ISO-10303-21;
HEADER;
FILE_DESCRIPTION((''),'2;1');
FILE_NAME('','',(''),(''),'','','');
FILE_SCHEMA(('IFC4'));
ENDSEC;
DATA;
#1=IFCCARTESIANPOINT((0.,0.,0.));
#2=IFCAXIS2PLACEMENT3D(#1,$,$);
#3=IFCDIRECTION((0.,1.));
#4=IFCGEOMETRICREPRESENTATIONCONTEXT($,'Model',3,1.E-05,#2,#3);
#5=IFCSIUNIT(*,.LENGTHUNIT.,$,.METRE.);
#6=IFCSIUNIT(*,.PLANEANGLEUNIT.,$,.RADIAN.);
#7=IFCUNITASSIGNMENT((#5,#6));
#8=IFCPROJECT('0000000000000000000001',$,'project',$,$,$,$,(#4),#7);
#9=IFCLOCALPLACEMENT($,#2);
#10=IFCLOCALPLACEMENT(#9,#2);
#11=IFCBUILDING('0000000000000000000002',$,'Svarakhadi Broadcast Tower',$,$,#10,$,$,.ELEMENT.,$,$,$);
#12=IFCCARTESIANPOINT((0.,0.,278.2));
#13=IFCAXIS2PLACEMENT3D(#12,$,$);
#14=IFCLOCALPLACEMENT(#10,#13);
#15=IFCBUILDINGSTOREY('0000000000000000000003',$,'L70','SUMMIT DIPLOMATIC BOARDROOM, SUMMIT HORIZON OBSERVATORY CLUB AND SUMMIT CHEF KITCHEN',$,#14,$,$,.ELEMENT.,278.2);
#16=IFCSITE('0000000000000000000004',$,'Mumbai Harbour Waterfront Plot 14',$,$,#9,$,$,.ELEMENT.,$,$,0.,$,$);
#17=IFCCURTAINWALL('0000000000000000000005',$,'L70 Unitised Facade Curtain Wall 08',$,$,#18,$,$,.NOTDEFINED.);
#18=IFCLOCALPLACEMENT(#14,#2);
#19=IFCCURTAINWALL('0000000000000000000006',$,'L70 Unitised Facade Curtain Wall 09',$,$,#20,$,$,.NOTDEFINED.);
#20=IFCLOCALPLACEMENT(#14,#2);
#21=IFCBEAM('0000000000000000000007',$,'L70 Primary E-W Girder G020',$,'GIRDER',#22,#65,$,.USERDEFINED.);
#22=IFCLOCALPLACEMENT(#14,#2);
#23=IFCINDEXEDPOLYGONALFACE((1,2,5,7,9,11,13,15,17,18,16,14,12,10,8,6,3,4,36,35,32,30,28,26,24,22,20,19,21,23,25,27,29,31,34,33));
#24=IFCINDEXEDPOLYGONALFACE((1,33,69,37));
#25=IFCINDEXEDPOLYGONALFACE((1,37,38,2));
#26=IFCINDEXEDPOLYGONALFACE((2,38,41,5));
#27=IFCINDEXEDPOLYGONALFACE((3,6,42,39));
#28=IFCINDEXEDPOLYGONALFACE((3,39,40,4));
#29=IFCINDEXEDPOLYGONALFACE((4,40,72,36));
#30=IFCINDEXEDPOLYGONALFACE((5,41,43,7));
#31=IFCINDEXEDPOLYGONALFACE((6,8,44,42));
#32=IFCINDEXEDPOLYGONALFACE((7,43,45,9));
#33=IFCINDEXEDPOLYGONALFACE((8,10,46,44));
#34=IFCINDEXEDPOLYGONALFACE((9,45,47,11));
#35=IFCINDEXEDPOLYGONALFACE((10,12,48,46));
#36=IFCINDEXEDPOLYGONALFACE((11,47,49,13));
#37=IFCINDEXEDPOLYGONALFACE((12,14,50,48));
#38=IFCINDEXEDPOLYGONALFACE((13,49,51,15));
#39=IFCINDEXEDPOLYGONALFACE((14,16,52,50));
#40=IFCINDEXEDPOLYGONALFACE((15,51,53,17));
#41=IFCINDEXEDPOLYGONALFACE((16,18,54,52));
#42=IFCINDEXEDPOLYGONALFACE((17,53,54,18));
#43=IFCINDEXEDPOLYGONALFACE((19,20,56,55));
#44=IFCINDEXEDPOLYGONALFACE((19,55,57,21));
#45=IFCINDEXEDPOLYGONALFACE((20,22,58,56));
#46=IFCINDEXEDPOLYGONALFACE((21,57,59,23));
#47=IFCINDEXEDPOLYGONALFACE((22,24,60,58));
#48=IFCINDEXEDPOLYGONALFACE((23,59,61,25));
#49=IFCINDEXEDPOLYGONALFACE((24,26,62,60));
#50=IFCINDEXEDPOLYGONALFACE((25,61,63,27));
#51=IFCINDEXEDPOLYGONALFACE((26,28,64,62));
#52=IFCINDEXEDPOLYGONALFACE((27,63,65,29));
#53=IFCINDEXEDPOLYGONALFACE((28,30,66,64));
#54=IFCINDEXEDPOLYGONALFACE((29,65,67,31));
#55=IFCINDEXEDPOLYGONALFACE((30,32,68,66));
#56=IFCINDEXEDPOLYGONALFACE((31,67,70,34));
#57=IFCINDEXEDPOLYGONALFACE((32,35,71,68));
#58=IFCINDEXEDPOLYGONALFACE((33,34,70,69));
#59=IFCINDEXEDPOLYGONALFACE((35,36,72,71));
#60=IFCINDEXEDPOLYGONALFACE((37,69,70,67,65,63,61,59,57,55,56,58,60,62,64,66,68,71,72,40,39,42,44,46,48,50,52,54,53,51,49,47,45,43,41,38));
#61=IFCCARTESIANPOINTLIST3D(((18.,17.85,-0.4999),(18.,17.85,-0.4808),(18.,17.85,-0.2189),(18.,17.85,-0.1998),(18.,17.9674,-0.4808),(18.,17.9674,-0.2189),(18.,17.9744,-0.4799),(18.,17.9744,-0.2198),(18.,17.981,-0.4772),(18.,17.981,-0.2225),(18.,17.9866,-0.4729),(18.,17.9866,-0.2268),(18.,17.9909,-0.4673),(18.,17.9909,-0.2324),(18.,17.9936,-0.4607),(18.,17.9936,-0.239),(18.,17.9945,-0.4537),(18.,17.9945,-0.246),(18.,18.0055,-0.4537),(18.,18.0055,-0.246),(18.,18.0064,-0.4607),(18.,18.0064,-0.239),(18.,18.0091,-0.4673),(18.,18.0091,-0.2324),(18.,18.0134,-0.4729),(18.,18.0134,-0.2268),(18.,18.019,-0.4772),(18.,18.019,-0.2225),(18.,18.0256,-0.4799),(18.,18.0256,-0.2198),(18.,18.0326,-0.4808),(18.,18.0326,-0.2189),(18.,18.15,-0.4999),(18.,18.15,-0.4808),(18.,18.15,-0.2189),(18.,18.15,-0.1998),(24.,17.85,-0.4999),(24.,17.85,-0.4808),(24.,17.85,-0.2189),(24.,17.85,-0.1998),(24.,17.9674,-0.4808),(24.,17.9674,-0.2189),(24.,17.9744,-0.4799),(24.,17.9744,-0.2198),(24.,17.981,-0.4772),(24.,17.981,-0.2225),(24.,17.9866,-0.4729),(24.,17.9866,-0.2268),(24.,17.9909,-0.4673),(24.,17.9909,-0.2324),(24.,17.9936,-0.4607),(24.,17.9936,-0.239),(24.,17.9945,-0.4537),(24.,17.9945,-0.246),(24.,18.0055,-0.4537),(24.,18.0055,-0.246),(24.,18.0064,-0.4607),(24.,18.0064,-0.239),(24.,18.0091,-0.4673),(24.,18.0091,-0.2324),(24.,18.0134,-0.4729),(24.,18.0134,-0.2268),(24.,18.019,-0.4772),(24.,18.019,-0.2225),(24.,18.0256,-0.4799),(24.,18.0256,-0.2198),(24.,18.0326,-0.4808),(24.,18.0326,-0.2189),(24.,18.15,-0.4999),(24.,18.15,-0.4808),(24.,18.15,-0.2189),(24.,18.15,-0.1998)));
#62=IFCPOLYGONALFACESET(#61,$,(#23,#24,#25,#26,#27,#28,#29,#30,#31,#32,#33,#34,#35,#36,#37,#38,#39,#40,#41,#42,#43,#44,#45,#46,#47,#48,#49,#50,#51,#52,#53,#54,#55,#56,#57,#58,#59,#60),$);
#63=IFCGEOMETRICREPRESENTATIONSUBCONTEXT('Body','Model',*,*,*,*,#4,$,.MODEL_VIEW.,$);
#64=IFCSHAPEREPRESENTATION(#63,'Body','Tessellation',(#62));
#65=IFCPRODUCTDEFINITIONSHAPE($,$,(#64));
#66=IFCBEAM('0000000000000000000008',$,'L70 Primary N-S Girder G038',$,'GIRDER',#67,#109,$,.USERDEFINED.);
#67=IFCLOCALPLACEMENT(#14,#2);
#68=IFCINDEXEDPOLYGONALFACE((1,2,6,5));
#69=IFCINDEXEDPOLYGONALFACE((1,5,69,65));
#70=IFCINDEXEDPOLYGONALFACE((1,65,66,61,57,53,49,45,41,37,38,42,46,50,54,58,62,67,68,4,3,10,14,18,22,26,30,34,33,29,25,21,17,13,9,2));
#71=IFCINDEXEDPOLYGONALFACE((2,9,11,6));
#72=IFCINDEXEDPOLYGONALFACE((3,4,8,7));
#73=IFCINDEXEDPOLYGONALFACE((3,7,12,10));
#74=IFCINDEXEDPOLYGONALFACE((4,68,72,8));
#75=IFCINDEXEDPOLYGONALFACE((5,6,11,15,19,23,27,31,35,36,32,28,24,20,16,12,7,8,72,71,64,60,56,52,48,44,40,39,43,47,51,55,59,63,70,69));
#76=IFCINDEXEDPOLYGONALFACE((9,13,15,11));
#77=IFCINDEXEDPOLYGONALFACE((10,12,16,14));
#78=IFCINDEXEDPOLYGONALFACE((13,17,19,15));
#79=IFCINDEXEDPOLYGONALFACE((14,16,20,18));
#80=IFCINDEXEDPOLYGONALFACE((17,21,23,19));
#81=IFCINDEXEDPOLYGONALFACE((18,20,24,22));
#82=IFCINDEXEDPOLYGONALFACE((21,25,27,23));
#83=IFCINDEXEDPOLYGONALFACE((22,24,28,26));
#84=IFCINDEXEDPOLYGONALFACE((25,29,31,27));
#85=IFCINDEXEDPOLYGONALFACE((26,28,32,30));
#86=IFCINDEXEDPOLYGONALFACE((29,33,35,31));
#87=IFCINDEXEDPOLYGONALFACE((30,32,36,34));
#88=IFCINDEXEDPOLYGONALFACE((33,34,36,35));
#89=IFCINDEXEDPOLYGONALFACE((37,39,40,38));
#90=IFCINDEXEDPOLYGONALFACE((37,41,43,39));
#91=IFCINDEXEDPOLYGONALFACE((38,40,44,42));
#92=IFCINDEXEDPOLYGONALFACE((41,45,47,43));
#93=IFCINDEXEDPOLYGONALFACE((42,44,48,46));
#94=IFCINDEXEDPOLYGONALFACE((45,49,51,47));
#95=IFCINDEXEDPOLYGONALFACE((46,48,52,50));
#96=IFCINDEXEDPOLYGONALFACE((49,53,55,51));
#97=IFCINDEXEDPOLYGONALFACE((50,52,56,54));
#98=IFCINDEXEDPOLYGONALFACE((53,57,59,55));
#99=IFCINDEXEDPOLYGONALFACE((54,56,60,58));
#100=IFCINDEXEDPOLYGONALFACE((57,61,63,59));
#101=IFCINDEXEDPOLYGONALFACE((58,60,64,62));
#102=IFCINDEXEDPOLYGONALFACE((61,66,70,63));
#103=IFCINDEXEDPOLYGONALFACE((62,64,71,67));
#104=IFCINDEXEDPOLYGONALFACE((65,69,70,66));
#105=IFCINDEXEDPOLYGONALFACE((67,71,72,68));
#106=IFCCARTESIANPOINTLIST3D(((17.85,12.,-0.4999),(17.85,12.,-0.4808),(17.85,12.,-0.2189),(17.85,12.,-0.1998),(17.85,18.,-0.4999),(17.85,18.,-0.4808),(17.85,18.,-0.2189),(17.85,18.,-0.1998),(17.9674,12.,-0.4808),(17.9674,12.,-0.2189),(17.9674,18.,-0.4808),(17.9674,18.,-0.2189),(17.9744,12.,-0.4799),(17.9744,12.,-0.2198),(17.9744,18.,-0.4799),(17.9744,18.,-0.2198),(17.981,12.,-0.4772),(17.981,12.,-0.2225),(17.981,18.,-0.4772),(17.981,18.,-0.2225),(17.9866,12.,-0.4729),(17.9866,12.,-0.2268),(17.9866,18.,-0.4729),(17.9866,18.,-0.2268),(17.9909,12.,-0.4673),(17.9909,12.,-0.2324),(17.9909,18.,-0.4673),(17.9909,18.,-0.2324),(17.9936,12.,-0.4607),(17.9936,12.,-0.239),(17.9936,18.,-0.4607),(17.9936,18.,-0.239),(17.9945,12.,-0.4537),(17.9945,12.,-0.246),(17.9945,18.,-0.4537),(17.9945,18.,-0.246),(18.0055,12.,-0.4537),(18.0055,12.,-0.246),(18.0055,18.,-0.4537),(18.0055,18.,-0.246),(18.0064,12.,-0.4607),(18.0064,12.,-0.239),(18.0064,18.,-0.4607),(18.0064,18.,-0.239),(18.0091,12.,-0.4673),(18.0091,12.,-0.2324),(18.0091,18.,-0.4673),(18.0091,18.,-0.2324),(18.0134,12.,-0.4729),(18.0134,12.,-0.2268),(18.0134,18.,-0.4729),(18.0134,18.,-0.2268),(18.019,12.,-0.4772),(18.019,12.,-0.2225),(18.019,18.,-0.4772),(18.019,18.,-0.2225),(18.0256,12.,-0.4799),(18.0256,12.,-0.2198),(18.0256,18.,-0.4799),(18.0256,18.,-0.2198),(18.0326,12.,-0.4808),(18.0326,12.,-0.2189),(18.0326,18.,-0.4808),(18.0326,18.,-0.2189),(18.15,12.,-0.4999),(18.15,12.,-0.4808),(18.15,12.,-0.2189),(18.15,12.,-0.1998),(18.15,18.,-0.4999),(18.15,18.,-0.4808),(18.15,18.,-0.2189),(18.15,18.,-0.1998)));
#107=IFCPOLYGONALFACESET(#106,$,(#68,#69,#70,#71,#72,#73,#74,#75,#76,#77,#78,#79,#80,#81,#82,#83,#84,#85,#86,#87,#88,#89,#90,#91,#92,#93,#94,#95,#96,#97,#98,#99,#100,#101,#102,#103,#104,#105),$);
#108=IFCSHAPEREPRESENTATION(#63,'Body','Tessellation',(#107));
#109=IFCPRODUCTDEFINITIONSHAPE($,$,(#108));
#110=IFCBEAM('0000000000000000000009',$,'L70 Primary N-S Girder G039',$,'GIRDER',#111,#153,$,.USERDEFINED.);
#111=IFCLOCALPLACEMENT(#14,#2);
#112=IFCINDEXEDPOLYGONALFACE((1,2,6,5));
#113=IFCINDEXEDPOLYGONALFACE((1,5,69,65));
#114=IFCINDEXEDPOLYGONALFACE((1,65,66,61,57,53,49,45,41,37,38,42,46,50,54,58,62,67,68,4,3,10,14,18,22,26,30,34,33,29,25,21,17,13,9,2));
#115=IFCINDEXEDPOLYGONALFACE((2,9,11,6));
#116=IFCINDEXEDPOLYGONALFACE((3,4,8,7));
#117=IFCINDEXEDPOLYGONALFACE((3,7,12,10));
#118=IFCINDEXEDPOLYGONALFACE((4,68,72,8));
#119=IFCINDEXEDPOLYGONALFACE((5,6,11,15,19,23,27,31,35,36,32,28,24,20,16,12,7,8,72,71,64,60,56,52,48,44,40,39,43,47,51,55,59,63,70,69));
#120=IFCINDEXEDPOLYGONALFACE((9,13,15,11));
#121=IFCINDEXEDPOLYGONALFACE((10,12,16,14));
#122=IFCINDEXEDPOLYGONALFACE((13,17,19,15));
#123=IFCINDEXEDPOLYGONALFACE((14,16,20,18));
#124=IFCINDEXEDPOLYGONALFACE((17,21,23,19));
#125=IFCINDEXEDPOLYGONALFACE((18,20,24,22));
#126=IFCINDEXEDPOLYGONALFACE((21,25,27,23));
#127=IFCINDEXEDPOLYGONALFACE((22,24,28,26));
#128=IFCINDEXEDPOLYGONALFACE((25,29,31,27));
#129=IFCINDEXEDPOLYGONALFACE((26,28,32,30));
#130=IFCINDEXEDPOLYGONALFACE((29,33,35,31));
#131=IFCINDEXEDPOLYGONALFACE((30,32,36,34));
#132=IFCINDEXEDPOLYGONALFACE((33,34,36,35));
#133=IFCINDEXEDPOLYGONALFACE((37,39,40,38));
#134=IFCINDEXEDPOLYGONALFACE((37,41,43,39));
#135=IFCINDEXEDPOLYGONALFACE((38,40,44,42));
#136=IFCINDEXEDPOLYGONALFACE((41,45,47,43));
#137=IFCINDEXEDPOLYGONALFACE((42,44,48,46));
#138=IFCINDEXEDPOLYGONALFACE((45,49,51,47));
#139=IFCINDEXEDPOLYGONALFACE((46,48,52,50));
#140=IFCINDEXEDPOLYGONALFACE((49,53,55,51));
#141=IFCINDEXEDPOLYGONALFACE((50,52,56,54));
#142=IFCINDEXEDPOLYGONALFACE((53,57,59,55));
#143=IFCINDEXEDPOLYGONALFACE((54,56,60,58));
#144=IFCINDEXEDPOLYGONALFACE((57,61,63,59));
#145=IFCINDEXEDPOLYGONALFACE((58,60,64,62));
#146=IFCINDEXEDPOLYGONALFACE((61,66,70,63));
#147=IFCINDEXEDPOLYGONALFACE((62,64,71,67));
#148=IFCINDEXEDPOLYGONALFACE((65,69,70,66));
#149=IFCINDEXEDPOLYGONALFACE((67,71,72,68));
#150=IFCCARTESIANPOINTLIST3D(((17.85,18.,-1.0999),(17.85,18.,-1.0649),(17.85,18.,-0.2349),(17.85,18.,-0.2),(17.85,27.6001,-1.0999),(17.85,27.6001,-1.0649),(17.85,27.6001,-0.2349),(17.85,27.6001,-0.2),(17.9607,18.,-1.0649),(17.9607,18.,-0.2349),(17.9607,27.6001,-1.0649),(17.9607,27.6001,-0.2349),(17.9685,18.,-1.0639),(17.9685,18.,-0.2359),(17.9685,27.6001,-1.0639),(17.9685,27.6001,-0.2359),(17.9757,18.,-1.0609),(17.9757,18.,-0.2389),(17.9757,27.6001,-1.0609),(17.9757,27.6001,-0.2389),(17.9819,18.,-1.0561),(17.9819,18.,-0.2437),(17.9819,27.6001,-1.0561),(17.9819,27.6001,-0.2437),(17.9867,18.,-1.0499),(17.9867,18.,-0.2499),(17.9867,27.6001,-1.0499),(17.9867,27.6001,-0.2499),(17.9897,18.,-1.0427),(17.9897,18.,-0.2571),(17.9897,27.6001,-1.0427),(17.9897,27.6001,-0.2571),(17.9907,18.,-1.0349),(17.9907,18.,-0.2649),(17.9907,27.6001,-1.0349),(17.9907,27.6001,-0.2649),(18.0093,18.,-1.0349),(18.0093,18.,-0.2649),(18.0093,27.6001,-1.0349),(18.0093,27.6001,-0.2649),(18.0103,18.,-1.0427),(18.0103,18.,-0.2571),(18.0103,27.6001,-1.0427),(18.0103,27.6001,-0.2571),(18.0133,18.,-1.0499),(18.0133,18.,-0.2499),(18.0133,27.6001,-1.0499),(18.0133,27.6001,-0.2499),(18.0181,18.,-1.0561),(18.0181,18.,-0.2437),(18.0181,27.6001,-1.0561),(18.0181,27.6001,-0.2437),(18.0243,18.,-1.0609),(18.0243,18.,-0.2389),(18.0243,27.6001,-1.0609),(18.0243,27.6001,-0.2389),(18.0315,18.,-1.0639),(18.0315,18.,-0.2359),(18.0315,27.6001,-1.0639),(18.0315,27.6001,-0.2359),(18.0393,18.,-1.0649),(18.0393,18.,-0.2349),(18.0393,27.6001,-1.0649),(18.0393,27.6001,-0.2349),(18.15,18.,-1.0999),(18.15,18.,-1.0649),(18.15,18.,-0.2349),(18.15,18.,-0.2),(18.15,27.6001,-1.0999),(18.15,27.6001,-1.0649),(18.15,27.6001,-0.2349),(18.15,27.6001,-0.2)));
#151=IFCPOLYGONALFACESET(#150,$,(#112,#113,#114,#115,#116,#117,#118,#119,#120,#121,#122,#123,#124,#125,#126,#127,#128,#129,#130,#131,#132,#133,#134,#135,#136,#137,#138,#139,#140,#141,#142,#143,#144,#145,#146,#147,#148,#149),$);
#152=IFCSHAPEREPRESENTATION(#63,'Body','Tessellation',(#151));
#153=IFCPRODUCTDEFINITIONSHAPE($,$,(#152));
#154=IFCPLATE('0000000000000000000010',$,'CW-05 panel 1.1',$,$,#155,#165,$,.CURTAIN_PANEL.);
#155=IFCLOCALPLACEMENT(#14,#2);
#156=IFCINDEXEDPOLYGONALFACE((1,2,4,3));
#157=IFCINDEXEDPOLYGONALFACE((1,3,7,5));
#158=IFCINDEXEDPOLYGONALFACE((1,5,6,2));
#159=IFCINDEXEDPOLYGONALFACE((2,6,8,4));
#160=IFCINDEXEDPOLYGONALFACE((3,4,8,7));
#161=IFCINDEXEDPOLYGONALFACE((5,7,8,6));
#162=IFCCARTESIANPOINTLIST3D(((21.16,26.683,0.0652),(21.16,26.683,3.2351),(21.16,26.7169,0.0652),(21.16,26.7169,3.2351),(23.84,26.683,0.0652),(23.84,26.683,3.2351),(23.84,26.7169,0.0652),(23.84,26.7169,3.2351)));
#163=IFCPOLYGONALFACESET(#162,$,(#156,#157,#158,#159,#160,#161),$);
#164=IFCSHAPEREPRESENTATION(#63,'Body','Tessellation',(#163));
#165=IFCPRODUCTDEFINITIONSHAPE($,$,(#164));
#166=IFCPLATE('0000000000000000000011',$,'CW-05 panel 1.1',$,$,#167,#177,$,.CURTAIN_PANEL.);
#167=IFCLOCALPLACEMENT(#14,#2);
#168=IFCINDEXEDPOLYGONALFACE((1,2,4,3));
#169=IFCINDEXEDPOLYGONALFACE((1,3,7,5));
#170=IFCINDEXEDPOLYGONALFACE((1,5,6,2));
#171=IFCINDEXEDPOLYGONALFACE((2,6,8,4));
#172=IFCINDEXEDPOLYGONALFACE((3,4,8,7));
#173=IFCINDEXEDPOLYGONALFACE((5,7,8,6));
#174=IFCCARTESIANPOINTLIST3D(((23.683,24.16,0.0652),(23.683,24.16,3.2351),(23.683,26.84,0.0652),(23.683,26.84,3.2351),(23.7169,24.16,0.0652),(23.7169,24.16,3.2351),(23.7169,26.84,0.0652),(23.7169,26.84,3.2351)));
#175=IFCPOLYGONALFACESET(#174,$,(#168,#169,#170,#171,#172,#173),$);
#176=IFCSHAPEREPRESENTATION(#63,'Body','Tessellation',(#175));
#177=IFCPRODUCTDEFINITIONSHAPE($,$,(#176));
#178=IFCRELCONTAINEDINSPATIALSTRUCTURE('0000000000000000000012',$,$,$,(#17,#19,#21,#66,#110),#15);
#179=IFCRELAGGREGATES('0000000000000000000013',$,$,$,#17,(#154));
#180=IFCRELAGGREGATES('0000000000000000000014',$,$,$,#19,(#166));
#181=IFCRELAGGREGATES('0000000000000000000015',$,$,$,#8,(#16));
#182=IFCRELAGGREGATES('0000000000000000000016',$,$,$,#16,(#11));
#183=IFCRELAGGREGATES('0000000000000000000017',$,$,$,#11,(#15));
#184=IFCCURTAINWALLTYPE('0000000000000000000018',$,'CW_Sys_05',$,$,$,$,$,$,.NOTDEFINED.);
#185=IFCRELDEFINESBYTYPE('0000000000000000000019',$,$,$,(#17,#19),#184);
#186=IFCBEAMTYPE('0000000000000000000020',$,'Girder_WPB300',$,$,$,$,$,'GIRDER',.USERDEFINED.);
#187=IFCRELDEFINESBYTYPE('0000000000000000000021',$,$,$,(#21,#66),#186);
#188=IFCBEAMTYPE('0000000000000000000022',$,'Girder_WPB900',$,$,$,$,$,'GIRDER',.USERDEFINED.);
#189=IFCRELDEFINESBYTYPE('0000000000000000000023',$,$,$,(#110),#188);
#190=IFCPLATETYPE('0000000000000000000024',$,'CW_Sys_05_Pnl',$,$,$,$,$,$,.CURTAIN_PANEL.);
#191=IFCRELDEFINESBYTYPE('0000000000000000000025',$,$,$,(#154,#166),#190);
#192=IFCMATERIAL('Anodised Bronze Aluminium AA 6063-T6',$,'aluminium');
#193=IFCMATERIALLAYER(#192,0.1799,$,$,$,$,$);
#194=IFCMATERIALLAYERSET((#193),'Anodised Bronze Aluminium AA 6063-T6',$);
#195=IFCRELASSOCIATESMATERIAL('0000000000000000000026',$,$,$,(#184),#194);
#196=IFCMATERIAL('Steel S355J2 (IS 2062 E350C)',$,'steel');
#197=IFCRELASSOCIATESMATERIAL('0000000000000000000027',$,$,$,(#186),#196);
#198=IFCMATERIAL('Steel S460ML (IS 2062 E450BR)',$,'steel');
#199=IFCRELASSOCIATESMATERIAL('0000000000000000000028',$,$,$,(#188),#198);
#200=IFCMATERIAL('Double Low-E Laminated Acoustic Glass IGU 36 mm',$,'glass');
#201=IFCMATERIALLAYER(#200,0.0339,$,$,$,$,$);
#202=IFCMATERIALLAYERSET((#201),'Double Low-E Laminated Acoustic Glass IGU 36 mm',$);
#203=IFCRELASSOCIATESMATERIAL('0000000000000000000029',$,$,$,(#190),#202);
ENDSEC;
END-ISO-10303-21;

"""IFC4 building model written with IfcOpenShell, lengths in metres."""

from ifc_helpers import new_model, si_unit, direction, frame, origin, origin_2d, place, context, subcontext, project, spatial, rectangle, i_section, extrude, material, layer, layer_set, material_profile, profile_set, type_object, element, aggregate, save


model = new_model("IFC4")

# Units and contexts
model_context = context("Model", 3, precision=1e-05, world=origin(), true_north=direction((0.0, 1.0)))
body_context = subcontext(model_context, "Body", "Model", "MODEL_VIEW")
ifc_project = project(units=[si_unit("LENGTHUNIT", "METRE"), si_unit("PLANEANGLEUNIT", "RADIAN")], contexts=[model_context])

# Site, building, storey
site_placement = place(None, origin())
site = spatial("IfcSite", under=ifc_project, at=site_placement, Name="Mumbai Harbour Waterfront Plot 14", CompositionType="ELEMENT", RefElevation=0.0)
building_placement = place(site_placement, origin())
building = spatial("IfcBuilding", under=site, at=building_placement, Name="Svarakhadi Broadcast Tower", CompositionType="ELEMENT")
storey_placement = place(building_placement, frame((0.0, 0.0, 278.2)))
storey = spatial("IfcBuildingStorey", under=building, at=storey_placement, Name="L70", Description="SUMMIT DIPLOMATIC BOARDROOM, SUMMIT HORIZON OBSERVATORY CLUB AND SUMMIT CHEF KITCHEN", CompositionType="ELEMENT", Elevation=278.2)

# Shared definitions
ifc_material_1 = material(Name="Steel S355J2 (IS 2062 E350C)", Category="steel")

# Curtain wall
ifc_material_2 = material(Name="Anodised Bronze Aluminium AA 6063-T6", Category="aluminium")
ifc_layer_1 = layer(ifc_material_2, 0.1799)
ifc_layer_set_1 = layer_set([ifc_layer_1], Name="Anodised Bronze Aluminium AA 6063-T6")
curtain_wall_type = type_object("IfcCurtainWallType", Name="CW_Sys_05", PredefinedType="NOTDEFINED", material=ifc_layer_set_1)
curtain_wall_1_placement = place(storey_placement, origin())
curtain_wall_1 = element("IfcCurtainWall", 1, at=curtain_wall_1_placement, inside=storey, type_object=curtain_wall_type, Name="L70 Unitised Facade Curtain Wall 08", PredefinedType="NOTDEFINED")

# Curtain wall
curtain_wall_2_placement = place(storey_placement, origin())
curtain_wall_2 = element("IfcCurtainWall", 2, at=curtain_wall_2_placement, inside=storey, type_object=curtain_wall_type, Name="L70 Unitised Facade Curtain Wall 09", PredefinedType="NOTDEFINED")

# Beams
ifc_material_profile_1 = material_profile(ifc_material_1, i_section(OverallWidth=0.3, OverallDepth=0.3, WebThickness=0.011, FlangeThickness=0.019, FilletRadius=0.0271, at=origin_2d()), Name="WPB 300x300x117")
ifc_profile_set_1 = profile_set([ifc_material_profile_1], Name="Steel S355J2 (IS 2062 E350C)")
beam_type_1 = type_object("IfcBeamType", Name="Girder_WPB300", ElementType="GIRDER", PredefinedType="USERDEFINED", material=ifc_profile_set_1)
for number, where, z_axis, x_axis, name in (
    (3, (18.0, 18.0, -0.3499), (1.0, 0.0, 0.0), (0.0, 1.0, 0.0), "L70 Primary E-W Girder G020"),
    (4, (18.0, 12.0, -0.3499), (0.0, 1.0, 0.0), (-1.0, 0.0, 0.0), "L70 Primary N-S Girder G038"),
):
    element("IfcBeam", number, at=place(storey_placement, frame(where, z_axis=z_axis, x_axis=x_axis)), inside=storey, type_object=beam_type_1, Name=name, ObjectType="GIRDER", PredefinedType="USERDEFINED", context=body_context, shape_type="SweptSolid", body=[
        extrude(i_section(OverallWidth=0.3, OverallDepth=0.3, WebThickness=0.011, FlangeThickness=0.019, FilletRadius=0.0271, at=origin_2d()), origin(), (0.0, 0.0, 1.0), 6.0),
    ])
ifc_material_3 = material(Name="Steel S460ML (IS 2062 E450BR)", Category="steel")
ifc_material_profile_2 = material_profile(ifc_material_3, i_section(OverallWidth=0.3, OverallDepth=0.8999, WebThickness=0.0186, FlangeThickness=0.0349, FilletRadius=0.03, at=origin_2d()), Name="WPB 900x300x291")
ifc_profile_set_2 = profile_set([ifc_material_profile_2], Name="Steel S460ML (IS 2062 E450BR)")
beam_type_2 = type_object("IfcBeamType", Name="Girder_WPB900", ElementType="GIRDER", PredefinedType="USERDEFINED", material=ifc_profile_set_2)
beam_1_placement = place(storey_placement, frame((18.0, 18.0, -0.6499), z_axis=(0.0, 1.0, 0.0), x_axis=(-1.0, 0.0, 0.0)))
element("IfcBeam", 5, at=beam_1_placement, inside=storey, type_object=beam_type_2, Name="L70 Primary N-S Girder G039", ObjectType="GIRDER", PredefinedType="USERDEFINED", context=body_context, shape_type="SweptSolid", body=[
    extrude(i_section(OverallWidth=0.3, OverallDepth=0.8999, WebThickness=0.0186, FlangeThickness=0.0349, FilletRadius=0.03, at=origin_2d()), origin(), (0.0, 0.0, 1.0), 9.6001),
])

# Plates
ifc_material_4 = material(Name="Double Low-E Laminated Acoustic Glass IGU 36 mm", Category="glass")
ifc_layer_2 = layer(ifc_material_4, 0.0339)
ifc_layer_set_2 = layer_set([ifc_layer_2], Name="Double Low-E Laminated Acoustic Glass IGU 36 mm")
plate_type = type_object("IfcPlateType", Name="CW_Sys_05_Pnl", PredefinedType="CURTAIN_PANEL", material=ifc_layer_set_2)
plate_1_placement = place(storey_placement, frame((22.5, 26.7, 0.0652), z_axis=(0.0, 0.0, 1.0), x_axis=(1.0, 0.0, 0.0)))
plate_1 = element("IfcPlate", 6, at=plate_1_placement, type_object=plate_type, Name="CW-05 panel 1.1", PredefinedType="CURTAIN_PANEL", context=body_context, shape_type="SweptSolid", body=[
    extrude(rectangle(XDim=2.6799, YDim=0.0339, at=origin_2d()), origin(), (0.0, 0.0, 1.0), 3.1699),
])
aggregate(curtain_wall_1, [plate_1])
plate_2_placement = place(storey_placement, frame((23.7, 25.5, 0.0652), z_axis=(0.0, 0.0, 1.0), x_axis=(0.0, -1.0, 0.0)))
plate_2 = element("IfcPlate", 7, at=plate_2_placement, type_object=plate_type, Name="CW-05 panel 1.1", PredefinedType="CURTAIN_PANEL", context=body_context, shape_type="SweptSolid", body=[
    extrude(rectangle(XDim=2.6799, YDim=0.0339, at=origin_2d()), origin(), (0.0, 0.0, 1.0), 3.1699),
])
aggregate(curtain_wall_2, [plate_2])

save(model, "model.ifc")
